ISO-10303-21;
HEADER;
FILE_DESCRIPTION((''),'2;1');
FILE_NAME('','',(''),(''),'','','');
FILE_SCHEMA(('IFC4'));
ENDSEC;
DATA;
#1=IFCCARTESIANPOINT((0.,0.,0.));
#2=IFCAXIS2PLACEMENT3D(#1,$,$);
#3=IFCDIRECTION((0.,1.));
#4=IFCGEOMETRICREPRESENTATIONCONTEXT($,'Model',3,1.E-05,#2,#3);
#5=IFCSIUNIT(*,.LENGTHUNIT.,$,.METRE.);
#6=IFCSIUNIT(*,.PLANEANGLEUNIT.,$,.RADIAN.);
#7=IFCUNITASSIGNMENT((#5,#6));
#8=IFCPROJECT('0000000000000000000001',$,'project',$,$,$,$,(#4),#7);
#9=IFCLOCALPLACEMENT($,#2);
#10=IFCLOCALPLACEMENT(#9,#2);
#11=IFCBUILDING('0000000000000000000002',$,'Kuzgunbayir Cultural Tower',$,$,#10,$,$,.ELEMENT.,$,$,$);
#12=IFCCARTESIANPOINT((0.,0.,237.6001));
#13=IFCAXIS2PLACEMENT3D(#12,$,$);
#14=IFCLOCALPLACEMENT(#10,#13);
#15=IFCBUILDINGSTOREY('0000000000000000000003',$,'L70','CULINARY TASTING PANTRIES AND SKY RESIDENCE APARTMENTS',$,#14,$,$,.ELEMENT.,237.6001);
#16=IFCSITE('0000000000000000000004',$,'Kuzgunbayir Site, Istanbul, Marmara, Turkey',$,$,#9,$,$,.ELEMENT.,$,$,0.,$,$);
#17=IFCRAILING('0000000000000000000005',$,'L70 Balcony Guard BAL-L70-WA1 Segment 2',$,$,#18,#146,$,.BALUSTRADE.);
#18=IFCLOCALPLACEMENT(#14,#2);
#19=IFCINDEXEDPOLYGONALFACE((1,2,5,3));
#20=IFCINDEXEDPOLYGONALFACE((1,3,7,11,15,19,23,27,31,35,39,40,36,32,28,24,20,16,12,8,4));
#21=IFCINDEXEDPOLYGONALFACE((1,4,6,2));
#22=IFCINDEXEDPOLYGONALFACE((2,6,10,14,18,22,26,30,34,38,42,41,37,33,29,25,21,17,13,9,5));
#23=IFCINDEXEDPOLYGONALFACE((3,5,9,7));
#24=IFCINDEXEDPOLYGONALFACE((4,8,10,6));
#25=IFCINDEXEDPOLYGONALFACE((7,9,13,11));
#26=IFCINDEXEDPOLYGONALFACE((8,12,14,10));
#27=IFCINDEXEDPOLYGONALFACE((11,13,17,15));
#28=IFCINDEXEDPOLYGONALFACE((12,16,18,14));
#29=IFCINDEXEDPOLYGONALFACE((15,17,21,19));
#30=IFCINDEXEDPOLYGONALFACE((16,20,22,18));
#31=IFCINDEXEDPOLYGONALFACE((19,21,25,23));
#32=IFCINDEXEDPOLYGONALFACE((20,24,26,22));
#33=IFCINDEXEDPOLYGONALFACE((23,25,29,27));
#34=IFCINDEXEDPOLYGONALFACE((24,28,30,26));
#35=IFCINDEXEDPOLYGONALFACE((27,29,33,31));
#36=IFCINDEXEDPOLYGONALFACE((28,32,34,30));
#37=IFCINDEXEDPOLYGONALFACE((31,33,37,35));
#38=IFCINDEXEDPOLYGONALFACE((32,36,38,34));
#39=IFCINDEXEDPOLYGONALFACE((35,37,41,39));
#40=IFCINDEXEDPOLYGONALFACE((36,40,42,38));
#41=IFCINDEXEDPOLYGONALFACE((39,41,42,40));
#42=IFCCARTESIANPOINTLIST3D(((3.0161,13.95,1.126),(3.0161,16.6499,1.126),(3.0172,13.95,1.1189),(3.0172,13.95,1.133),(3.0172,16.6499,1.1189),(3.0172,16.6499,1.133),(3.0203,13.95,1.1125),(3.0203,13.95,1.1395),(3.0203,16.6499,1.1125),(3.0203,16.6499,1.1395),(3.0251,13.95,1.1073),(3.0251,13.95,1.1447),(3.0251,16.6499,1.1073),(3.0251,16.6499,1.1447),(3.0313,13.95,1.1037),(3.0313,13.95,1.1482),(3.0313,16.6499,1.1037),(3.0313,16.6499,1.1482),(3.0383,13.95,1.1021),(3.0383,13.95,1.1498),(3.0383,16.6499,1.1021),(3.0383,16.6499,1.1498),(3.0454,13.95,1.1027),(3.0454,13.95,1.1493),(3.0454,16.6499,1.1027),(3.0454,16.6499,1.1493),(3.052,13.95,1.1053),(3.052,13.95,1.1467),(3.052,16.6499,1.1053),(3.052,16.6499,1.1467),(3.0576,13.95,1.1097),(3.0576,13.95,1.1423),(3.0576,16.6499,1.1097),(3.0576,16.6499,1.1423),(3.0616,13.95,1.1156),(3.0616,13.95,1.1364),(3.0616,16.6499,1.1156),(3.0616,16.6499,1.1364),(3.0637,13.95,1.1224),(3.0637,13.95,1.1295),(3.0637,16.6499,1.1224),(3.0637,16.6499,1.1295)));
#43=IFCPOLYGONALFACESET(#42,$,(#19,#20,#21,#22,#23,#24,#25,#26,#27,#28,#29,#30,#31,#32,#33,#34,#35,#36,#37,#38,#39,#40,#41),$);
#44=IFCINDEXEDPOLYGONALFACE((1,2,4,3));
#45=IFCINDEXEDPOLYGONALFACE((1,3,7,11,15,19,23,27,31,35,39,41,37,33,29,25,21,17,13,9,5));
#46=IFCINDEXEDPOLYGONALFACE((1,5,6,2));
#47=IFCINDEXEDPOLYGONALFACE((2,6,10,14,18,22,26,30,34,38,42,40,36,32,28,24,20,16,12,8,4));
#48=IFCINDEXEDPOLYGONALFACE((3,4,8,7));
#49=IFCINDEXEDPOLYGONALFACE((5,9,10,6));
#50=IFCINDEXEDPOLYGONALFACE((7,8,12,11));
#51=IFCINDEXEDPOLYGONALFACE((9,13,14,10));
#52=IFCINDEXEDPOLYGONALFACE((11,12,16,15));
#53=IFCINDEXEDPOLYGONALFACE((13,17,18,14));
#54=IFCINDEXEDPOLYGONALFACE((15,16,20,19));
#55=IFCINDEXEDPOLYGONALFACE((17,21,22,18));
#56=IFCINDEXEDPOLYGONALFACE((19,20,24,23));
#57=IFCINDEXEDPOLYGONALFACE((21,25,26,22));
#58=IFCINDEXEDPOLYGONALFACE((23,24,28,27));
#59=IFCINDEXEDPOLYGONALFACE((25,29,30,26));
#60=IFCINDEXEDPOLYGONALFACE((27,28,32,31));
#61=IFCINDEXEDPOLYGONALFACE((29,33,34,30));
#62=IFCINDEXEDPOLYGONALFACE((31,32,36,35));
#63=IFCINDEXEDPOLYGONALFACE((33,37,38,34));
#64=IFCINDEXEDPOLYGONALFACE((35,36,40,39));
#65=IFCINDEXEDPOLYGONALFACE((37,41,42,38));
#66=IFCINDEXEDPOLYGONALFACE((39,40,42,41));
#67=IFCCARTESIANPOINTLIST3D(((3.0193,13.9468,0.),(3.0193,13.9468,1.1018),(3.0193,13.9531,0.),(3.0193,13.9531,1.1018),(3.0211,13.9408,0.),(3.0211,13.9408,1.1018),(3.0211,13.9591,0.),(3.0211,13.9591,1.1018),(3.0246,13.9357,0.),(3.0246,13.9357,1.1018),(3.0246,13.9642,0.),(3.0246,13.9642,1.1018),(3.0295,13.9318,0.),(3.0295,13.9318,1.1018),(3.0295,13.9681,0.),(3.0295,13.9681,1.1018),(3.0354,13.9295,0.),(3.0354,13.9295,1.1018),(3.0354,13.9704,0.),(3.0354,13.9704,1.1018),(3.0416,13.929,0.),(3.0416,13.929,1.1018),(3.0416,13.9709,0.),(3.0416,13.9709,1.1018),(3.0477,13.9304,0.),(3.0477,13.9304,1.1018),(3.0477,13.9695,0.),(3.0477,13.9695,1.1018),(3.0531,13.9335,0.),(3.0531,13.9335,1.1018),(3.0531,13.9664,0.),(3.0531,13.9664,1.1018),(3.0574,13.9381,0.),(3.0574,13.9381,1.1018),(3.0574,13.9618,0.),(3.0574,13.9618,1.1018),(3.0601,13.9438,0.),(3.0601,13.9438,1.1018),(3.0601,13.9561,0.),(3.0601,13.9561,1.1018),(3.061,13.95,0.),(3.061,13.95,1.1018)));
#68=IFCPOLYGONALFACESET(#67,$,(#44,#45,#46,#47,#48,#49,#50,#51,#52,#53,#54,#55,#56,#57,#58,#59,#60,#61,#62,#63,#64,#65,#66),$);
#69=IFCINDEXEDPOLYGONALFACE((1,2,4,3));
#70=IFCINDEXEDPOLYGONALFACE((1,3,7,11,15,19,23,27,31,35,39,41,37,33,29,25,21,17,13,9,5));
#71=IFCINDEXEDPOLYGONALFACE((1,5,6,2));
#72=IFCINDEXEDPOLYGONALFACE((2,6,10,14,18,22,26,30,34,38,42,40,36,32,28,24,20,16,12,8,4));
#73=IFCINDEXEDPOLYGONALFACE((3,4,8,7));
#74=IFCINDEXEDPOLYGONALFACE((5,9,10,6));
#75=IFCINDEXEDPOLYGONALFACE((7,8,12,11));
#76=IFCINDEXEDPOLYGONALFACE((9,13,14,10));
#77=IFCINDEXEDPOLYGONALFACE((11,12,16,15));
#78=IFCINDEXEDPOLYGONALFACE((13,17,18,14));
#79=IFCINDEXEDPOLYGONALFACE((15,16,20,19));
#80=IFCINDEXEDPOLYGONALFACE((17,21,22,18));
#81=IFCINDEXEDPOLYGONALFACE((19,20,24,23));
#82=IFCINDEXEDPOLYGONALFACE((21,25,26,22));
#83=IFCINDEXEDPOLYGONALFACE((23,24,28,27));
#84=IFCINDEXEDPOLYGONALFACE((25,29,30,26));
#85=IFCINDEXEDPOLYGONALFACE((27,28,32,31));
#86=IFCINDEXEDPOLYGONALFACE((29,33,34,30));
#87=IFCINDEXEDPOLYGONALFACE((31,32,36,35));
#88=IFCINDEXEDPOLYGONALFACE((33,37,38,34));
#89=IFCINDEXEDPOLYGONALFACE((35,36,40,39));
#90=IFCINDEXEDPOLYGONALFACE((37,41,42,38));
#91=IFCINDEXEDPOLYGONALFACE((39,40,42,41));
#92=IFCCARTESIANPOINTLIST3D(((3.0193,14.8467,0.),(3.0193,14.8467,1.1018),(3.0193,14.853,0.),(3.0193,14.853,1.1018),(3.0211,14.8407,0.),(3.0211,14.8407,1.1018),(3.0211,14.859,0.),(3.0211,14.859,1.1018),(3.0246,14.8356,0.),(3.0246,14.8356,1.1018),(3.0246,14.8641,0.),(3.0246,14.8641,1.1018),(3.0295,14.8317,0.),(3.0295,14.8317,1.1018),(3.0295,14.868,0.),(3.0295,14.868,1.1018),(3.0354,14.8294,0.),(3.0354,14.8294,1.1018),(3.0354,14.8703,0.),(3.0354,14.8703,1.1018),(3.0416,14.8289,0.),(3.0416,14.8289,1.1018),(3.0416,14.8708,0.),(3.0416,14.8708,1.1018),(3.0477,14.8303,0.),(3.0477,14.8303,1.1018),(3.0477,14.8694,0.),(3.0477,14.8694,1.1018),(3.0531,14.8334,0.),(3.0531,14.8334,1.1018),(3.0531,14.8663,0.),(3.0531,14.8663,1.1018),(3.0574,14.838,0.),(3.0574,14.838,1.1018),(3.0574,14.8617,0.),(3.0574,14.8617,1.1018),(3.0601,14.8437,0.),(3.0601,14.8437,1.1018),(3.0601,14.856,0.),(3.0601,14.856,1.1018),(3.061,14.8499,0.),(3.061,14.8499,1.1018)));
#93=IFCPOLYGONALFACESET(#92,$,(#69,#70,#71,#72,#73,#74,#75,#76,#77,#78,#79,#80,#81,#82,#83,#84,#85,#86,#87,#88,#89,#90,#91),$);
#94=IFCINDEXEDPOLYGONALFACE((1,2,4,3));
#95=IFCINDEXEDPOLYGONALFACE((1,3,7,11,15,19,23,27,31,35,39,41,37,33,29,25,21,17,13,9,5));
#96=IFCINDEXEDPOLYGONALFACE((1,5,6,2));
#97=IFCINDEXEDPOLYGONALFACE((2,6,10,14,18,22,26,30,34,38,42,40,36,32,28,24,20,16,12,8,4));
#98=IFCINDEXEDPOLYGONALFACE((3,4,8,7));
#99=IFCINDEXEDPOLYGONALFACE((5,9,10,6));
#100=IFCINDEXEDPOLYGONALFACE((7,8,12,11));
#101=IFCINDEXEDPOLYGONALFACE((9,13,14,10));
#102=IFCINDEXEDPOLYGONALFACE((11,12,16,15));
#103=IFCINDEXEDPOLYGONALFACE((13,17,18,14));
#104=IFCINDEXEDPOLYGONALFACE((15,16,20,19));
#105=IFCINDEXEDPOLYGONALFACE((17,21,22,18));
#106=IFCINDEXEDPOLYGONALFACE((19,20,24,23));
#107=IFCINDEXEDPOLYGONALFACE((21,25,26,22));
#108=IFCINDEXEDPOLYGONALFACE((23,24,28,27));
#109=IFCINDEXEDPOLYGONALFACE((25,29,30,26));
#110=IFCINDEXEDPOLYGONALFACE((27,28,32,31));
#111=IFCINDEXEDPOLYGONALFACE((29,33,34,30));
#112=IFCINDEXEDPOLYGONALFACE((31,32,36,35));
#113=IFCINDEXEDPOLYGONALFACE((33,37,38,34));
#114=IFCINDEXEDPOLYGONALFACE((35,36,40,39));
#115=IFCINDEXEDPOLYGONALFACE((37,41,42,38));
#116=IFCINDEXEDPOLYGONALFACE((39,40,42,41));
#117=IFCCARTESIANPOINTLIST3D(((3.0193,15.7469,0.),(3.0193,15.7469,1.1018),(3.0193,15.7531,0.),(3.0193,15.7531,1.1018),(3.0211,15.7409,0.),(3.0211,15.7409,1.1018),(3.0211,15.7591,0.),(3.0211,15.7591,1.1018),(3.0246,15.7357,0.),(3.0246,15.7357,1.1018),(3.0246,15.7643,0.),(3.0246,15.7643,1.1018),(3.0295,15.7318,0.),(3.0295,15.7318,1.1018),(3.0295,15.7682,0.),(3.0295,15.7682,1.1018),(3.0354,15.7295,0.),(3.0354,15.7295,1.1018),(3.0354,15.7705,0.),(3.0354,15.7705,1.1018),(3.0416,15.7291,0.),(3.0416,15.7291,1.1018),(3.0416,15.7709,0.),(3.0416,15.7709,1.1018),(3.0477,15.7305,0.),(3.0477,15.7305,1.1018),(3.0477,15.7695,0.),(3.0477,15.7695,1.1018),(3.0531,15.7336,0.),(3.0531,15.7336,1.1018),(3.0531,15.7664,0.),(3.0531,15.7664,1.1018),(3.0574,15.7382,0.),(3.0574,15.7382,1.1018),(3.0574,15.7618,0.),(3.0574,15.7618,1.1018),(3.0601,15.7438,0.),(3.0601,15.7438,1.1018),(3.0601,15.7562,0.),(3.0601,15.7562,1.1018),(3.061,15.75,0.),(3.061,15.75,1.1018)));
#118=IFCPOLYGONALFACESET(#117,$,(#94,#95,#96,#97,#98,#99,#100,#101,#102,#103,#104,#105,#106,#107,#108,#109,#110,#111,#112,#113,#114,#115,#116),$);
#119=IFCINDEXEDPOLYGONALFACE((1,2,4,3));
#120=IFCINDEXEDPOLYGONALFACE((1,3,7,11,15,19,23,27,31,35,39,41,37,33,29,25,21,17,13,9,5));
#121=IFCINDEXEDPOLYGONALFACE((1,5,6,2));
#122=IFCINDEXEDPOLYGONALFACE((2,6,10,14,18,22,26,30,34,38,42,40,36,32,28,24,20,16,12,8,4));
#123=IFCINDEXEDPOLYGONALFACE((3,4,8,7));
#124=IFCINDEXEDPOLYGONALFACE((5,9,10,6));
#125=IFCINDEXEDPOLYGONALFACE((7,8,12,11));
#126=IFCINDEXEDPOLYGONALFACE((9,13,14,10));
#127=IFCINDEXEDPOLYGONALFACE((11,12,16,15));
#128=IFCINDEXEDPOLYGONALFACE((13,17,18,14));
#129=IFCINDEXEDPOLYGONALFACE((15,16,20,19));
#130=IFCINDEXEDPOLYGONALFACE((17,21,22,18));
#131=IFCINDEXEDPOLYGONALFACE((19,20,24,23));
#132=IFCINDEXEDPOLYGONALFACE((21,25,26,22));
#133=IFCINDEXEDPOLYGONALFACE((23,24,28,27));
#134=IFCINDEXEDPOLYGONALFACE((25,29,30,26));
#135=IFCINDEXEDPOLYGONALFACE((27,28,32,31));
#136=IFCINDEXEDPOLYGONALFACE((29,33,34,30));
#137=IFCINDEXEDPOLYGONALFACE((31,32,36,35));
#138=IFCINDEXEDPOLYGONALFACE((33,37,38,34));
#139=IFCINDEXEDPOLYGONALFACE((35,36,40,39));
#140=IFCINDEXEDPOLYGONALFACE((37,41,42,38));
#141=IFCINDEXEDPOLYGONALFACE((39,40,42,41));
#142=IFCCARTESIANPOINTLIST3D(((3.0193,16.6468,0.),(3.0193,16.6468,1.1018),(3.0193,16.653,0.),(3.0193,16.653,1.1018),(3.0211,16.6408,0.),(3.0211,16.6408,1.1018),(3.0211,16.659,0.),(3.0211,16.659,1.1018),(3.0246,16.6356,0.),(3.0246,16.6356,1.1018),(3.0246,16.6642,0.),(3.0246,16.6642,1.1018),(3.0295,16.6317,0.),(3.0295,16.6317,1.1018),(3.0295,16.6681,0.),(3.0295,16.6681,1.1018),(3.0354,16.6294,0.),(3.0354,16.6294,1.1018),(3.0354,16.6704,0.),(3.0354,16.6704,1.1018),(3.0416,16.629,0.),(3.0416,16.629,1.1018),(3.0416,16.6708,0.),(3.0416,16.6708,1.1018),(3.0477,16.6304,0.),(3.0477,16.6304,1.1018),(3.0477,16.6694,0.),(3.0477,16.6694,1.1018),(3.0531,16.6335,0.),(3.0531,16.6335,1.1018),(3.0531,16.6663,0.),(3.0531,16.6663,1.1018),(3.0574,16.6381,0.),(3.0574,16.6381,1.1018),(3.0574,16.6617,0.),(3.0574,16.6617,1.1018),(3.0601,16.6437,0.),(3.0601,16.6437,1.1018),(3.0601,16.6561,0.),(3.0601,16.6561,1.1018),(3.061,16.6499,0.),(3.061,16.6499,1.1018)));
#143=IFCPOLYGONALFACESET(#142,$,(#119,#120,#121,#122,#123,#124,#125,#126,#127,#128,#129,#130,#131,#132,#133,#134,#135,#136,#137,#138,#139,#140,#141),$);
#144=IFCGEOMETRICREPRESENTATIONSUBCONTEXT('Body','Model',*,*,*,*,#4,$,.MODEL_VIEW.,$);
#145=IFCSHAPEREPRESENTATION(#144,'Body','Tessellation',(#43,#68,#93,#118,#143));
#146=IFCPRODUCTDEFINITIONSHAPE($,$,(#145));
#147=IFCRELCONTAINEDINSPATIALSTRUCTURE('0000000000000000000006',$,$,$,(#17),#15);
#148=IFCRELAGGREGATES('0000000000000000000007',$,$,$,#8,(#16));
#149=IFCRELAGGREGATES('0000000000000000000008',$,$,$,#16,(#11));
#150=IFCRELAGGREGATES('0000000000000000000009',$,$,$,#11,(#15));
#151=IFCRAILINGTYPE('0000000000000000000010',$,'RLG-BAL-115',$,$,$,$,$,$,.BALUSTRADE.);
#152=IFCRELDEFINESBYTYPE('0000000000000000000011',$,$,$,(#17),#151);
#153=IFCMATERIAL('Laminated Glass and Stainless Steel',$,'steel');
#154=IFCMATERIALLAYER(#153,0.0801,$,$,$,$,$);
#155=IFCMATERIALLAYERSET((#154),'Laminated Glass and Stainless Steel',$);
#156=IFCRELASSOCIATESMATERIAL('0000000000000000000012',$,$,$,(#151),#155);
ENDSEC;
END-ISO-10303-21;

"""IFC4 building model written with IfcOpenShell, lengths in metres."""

from ifc_helpers import new_model, si_unit, direction, frame, origin, origin_2d, place, context, subcontext, project, spatial, circle, extrude, material, layer, layer_set, type_object, element, save


model = new_model("IFC4")

# Units and contexts
model_context = context("Model", 3, precision=1e-05, world=origin(), true_north=direction((0.0, 1.0)))
body_context = subcontext(model_context, "Body", "Model", "MODEL_VIEW")
ifc_project = project(units=[si_unit("LENGTHUNIT", "METRE"), si_unit("PLANEANGLEUNIT", "RADIAN")], contexts=[model_context])

# Site, building, storey
site_placement = place(None, origin())
site = spatial("IfcSite", under=ifc_project, at=site_placement, Name="Kuzgunbayir Site, Istanbul, Marmara, Turkey", CompositionType="ELEMENT", RefElevation=0.0)
building_placement = place(site_placement, origin())
building = spatial("IfcBuilding", under=site, at=building_placement, Name="Kuzgunbayir Cultural Tower", CompositionType="ELEMENT")
storey_placement = place(building_placement, frame((0.0, 0.0, 237.6001)))
storey = spatial("IfcBuildingStorey", under=building, at=storey_placement, Name="L70", Description="CULINARY TASTING PANTRIES AND SKY RESIDENCE APARTMENTS", CompositionType="ELEMENT", Elevation=237.6001)

# Railing
ifc_material_1 = material(Name="Laminated Glass and Stainless Steel", Category="steel")
ifc_layer_1 = layer(ifc_material_1, 0.0801)
ifc_layer_set_1 = layer_set([ifc_layer_1], Name="Laminated Glass and Stainless Steel")
railing_type = type_object("IfcRailingType", Name="RLG-BAL-115", PredefinedType="BALUSTRADE", material=ifc_layer_set_1)
railing_1_placement = place(storey_placement, frame((3.04, 13.95, 0.0)))
element("IfcRailing", 1, at=railing_1_placement, inside=storey, type_object=railing_type, Name="L70 Balcony Guard BAL-L70-WA1 Segment 2", PredefinedType="BALUSTRADE", context=body_context, shape_type="SweptSolid", body=[
    extrude(circle(Radius=0.0239, at=origin_2d()), frame((0.0, 0.0, 1.126), z_axis=(0.0, 1.0, 0.0), x_axis=(-1.0, 0.0, 0.0)), (0.0, 0.0, 1.0), 2.7),
    extrude(circle(Radius=0.021, at=origin_2d()), origin(), (0.0, 0.0, 1.0), 1.1018),
    extrude(circle(Radius=0.021, at=origin_2d()), frame((0.0, 0.8999, 0.0)), (0.0, 0.0, 1.0), 1.1018),
    extrude(circle(Radius=0.021, at=origin_2d()), frame((0.0, 1.8, 0.0)), (0.0, 0.0, 1.0), 1.1018),
    extrude(circle(Radius=0.021, at=origin_2d()), frame((0.0, 2.7, 0.0)), (0.0, 0.0, 1.0), 1.1018),
])

save(model, "model.ifc")
